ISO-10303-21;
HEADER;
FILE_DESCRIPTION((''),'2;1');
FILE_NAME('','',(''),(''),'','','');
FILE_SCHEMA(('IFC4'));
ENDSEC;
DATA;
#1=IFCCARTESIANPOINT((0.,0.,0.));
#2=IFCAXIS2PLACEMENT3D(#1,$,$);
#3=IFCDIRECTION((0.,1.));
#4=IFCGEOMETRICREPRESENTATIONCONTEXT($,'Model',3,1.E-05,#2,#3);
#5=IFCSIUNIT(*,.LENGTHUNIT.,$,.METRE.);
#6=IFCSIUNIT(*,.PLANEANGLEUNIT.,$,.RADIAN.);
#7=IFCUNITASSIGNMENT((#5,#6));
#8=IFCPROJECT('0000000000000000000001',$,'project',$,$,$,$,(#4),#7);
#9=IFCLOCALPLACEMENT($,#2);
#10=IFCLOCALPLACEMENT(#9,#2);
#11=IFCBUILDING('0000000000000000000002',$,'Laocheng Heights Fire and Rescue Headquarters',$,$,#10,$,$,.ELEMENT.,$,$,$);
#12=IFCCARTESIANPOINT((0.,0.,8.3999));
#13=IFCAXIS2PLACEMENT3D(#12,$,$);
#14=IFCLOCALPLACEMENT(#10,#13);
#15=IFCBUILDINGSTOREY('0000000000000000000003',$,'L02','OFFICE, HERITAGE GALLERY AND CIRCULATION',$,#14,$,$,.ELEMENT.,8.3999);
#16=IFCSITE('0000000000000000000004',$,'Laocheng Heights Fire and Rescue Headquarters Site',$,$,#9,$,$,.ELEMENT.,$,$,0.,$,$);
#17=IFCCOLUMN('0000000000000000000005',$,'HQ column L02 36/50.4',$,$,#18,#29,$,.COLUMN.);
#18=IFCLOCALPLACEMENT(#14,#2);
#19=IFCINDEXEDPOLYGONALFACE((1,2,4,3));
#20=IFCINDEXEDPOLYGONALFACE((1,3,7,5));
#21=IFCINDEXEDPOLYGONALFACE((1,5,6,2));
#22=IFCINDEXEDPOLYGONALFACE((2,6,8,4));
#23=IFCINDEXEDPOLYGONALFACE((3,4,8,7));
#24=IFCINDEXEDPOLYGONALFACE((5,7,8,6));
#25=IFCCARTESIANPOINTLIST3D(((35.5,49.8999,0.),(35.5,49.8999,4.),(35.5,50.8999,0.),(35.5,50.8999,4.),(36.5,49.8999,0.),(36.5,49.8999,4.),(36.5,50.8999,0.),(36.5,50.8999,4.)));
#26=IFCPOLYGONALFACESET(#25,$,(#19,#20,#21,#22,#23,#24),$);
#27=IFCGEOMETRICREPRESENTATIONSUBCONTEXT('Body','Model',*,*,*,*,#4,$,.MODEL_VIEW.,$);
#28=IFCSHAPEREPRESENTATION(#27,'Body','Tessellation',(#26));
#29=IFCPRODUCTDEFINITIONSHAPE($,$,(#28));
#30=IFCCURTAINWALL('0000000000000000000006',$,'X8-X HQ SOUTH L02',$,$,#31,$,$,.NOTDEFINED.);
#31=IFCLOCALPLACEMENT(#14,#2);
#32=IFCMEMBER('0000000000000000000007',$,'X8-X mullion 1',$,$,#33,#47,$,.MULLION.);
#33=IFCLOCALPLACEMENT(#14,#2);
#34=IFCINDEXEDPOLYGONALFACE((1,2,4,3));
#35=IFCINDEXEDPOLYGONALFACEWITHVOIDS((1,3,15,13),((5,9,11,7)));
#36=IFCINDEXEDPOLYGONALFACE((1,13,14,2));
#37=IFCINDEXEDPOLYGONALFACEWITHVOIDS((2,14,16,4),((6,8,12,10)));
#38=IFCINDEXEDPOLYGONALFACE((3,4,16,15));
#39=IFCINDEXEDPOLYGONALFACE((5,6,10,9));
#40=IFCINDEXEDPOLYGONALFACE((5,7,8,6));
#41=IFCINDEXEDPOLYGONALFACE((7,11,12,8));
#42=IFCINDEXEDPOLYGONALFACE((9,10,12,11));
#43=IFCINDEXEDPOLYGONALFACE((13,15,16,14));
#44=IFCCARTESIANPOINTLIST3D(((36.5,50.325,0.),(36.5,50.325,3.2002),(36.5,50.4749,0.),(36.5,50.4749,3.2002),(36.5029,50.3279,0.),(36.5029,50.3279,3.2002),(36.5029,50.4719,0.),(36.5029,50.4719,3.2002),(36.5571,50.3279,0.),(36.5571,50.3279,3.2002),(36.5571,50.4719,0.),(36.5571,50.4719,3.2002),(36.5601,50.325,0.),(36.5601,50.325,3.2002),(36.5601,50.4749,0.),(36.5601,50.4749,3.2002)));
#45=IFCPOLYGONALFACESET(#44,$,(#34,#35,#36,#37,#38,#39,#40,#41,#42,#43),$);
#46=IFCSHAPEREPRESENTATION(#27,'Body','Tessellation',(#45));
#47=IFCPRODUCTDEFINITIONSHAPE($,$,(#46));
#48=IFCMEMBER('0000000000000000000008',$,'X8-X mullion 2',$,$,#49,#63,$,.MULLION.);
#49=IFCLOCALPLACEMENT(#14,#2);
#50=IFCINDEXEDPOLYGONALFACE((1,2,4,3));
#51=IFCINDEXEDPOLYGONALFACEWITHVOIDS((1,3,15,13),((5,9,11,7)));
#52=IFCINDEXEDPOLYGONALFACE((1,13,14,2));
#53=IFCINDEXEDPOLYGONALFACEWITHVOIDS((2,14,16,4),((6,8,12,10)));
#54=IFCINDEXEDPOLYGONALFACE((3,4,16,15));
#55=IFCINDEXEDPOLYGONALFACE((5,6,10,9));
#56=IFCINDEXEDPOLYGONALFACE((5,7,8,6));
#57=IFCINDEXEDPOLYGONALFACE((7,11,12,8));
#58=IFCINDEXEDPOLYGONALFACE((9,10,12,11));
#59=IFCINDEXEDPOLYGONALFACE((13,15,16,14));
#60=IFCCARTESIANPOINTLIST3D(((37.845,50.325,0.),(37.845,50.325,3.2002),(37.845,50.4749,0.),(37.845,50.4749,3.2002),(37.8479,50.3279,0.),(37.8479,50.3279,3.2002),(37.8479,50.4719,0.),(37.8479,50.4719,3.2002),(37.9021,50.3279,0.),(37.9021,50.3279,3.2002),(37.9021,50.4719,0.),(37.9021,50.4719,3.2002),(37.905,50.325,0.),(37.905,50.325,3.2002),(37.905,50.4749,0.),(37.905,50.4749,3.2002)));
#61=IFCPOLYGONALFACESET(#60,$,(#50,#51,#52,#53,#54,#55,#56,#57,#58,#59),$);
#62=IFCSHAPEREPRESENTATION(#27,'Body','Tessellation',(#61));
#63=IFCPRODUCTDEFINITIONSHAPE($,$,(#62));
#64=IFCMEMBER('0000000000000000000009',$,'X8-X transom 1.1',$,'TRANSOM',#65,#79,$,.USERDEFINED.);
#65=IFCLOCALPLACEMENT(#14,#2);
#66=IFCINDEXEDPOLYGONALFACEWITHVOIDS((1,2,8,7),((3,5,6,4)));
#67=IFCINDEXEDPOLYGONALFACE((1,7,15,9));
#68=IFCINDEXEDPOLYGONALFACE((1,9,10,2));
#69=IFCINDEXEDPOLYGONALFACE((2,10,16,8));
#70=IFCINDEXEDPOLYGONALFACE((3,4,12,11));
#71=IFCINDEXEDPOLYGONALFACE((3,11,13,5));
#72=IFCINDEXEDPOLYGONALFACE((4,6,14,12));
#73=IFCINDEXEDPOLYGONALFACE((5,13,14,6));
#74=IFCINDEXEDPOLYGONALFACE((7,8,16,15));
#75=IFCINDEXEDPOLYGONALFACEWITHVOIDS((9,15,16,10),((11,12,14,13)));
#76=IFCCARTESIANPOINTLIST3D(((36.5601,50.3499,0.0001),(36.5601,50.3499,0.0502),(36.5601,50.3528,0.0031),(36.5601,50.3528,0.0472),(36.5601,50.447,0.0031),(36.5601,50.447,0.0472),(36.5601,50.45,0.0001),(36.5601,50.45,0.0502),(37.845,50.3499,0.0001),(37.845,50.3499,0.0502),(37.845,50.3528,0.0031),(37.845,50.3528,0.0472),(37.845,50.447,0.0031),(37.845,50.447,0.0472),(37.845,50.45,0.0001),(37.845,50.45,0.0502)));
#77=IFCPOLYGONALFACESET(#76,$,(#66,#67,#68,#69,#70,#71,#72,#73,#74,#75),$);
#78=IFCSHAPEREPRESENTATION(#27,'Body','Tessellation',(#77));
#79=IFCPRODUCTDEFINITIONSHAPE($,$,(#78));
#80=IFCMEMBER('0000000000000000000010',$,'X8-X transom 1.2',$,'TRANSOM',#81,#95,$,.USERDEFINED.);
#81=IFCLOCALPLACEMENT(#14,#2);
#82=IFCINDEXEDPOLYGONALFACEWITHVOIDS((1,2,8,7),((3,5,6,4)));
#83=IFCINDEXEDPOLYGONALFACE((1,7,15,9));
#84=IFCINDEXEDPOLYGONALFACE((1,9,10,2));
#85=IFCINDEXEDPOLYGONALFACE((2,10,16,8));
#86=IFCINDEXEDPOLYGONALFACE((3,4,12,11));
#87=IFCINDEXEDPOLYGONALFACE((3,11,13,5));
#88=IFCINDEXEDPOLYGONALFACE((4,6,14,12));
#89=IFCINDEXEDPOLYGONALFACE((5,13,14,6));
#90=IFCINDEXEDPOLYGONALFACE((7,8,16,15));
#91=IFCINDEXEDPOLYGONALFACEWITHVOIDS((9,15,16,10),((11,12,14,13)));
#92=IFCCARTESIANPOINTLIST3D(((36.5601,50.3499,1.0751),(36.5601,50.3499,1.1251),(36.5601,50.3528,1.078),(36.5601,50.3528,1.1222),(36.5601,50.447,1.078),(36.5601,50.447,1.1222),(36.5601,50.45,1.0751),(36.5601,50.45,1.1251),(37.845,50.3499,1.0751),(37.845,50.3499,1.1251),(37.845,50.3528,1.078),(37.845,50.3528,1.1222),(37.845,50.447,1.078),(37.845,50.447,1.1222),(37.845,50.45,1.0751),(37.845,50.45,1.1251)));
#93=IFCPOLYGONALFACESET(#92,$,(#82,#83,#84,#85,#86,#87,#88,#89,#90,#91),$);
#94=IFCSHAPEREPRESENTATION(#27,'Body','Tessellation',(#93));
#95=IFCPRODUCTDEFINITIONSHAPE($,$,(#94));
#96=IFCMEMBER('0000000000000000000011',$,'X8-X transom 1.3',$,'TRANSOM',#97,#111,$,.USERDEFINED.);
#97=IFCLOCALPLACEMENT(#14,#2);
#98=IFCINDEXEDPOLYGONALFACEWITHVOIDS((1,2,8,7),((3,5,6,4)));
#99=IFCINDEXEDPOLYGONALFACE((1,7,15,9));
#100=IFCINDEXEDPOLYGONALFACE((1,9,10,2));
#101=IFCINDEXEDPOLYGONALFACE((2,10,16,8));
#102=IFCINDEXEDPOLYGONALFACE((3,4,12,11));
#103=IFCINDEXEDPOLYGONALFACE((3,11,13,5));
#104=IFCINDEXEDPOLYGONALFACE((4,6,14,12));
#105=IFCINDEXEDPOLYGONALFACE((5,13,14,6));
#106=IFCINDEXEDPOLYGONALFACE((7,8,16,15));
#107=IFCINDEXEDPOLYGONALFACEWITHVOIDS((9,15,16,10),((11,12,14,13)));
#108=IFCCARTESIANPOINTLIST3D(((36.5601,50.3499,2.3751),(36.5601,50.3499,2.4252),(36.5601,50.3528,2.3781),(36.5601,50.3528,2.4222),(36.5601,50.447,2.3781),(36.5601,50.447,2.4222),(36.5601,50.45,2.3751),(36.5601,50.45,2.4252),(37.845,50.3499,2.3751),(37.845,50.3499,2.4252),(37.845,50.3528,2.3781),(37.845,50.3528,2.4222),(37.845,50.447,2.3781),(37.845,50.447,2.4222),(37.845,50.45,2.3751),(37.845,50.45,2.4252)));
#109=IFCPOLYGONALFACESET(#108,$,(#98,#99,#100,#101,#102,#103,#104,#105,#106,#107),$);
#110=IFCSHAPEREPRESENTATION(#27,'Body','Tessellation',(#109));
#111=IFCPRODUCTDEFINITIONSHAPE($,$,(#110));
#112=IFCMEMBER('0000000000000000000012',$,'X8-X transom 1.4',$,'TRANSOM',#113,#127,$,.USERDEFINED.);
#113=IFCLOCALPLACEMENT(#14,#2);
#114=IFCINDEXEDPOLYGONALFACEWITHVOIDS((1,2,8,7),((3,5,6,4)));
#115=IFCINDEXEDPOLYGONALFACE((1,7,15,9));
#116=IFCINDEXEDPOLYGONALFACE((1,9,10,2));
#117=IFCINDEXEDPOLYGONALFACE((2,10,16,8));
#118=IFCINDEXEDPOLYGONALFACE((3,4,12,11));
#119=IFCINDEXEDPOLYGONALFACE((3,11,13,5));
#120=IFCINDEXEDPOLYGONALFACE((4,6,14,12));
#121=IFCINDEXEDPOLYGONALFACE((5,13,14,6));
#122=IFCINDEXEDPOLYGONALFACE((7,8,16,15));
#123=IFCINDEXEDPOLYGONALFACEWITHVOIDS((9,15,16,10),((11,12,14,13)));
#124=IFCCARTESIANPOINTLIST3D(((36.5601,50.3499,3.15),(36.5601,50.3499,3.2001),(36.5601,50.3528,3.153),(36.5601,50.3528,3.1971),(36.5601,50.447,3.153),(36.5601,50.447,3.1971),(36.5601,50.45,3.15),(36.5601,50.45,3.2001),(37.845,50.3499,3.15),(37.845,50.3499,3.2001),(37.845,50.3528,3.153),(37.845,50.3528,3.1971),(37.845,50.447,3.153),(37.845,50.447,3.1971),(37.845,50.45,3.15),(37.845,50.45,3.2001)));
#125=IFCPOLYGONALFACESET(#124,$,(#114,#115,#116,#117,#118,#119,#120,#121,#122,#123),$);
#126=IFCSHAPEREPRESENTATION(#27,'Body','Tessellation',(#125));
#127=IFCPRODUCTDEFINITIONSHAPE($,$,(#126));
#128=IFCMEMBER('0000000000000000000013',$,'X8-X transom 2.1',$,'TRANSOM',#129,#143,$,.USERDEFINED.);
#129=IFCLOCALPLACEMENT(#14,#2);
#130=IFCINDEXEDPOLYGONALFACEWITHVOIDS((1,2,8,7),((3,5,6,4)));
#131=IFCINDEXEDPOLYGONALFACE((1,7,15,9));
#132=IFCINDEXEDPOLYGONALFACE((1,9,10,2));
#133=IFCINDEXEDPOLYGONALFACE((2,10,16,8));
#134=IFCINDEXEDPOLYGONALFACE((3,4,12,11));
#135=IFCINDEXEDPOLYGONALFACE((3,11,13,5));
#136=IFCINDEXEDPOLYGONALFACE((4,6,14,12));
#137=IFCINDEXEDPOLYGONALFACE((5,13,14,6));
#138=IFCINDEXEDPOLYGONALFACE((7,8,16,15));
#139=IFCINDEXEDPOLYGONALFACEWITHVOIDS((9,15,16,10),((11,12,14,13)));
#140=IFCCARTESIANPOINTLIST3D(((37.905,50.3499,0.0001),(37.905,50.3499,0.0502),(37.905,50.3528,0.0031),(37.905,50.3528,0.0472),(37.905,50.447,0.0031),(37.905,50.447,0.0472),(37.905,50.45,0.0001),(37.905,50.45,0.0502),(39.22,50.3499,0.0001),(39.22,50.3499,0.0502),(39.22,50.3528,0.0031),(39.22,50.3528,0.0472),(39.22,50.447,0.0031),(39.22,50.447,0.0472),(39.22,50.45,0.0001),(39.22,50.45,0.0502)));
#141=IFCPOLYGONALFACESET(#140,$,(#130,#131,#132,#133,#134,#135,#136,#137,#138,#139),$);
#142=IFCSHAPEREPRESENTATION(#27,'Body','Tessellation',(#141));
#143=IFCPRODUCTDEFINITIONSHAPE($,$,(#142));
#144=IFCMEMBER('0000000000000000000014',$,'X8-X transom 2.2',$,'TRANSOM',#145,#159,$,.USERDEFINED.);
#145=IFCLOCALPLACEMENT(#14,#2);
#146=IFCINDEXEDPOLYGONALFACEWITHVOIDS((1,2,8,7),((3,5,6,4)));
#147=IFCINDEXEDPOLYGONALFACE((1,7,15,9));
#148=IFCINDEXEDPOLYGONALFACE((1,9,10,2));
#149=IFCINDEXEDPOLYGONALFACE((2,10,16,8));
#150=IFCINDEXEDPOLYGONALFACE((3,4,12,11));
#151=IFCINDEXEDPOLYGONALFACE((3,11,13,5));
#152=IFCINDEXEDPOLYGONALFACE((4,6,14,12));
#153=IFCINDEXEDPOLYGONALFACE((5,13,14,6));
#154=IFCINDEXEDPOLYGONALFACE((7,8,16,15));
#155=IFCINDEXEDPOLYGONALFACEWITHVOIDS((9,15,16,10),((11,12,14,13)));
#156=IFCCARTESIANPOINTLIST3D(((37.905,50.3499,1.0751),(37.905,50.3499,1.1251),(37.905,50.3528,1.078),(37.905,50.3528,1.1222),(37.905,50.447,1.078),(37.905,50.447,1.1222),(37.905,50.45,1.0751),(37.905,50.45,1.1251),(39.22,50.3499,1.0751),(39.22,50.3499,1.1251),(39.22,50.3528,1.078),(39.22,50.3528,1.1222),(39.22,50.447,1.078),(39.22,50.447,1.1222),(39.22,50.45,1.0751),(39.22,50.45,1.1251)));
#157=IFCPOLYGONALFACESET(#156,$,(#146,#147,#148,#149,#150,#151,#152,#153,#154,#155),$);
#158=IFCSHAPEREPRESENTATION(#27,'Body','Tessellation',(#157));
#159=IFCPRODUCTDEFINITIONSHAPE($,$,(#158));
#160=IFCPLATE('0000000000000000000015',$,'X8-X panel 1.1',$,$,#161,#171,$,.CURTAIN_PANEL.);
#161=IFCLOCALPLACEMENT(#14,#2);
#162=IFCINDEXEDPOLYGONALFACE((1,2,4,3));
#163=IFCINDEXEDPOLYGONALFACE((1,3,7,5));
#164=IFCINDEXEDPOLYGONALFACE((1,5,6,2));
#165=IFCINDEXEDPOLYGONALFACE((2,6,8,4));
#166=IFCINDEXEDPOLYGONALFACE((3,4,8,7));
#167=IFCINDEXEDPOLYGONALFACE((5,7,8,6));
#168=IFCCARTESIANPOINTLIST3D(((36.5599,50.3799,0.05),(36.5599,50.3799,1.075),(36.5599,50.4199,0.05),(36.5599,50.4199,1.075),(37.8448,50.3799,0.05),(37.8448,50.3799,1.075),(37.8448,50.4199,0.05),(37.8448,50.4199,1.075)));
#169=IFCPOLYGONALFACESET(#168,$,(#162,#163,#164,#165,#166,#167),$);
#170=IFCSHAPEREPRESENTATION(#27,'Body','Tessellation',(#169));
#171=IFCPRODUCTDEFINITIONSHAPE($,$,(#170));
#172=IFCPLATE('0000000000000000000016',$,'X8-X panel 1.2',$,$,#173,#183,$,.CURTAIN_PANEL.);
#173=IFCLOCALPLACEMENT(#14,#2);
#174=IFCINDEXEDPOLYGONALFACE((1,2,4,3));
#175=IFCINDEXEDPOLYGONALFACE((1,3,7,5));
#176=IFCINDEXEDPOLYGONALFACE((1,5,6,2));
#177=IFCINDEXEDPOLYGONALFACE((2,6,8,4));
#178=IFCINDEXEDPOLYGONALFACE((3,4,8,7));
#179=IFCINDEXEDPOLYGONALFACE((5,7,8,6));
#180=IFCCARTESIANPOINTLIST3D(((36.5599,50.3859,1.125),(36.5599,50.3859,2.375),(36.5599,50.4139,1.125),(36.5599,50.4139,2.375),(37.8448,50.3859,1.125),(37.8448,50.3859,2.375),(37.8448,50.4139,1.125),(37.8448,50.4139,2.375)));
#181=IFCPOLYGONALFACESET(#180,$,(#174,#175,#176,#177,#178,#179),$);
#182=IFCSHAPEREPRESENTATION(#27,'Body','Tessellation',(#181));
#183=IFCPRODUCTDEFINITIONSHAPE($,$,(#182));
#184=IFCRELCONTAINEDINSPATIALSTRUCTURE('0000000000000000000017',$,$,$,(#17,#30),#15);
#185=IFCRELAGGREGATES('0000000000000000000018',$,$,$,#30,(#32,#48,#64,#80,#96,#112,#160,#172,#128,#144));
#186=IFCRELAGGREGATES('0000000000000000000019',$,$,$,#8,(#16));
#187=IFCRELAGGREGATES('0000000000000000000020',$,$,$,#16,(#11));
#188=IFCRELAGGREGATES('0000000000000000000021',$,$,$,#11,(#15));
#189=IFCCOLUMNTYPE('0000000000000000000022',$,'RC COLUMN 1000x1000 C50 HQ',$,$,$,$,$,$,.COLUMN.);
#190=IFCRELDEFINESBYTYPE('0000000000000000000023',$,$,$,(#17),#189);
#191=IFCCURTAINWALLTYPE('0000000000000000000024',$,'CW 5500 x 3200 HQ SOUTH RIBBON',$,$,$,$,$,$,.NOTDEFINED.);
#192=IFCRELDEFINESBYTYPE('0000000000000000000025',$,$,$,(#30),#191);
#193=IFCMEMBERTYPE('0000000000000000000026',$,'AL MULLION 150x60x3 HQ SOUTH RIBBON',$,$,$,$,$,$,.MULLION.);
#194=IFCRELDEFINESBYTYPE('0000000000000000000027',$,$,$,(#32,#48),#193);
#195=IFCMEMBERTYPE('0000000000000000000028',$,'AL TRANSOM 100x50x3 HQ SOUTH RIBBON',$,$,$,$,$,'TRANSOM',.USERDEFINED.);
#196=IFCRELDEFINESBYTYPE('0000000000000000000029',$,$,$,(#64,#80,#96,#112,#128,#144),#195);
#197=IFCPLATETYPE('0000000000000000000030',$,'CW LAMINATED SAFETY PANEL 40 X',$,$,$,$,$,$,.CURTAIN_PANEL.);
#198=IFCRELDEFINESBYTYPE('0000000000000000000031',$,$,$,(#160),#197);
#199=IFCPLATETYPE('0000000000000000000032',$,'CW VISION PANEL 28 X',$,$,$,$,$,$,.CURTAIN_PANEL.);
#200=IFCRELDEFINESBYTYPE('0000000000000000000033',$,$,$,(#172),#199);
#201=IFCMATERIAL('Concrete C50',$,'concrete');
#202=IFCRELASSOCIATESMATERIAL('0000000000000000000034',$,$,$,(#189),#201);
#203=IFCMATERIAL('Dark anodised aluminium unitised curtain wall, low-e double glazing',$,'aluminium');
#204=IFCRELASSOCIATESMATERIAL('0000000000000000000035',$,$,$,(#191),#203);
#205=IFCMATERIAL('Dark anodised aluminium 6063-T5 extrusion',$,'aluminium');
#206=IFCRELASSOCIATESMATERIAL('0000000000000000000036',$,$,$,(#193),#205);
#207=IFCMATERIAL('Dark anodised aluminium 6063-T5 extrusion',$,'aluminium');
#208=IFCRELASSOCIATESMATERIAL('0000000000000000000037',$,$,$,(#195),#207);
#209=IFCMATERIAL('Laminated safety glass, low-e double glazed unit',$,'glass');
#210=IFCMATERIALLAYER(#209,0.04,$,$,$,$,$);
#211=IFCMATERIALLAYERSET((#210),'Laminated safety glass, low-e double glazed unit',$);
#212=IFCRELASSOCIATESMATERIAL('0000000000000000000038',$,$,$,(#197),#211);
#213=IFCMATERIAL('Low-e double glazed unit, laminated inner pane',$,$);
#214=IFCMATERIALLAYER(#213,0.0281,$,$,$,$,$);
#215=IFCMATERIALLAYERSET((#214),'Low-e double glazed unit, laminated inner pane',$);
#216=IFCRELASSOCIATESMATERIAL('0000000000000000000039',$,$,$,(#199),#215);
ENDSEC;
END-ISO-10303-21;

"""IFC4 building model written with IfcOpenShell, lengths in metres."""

from ifc_helpers import new_model, si_unit, direction, frame, origin, origin_2d, place, context, subcontext, project, spatial, rectangle, hollow_rectangle, extrude, material, layer, layer_set, material_profile, profile_set, type_object, element, aggregate, save


model = new_model("IFC4")

# Units and contexts
model_context = context("Model", 3, precision=1e-05, world=origin(), true_north=direction((0.0, 1.0)))
body_context = subcontext(model_context, "Body", "Model", "MODEL_VIEW")
ifc_project = project(units=[si_unit("LENGTHUNIT", "METRE"), si_unit("PLANEANGLEUNIT", "RADIAN")], contexts=[model_context])

# Site, building, storey
site_placement = place(None, origin())
site = spatial("IfcSite", under=ifc_project, at=site_placement, Name="Laocheng Heights Fire and Rescue Headquarters Site", CompositionType="ELEMENT", RefElevation=0.0)
building_placement = place(site_placement, origin())
building = spatial("IfcBuilding", under=site, at=building_placement, Name="Laocheng Heights Fire and Rescue Headquarters", CompositionType="ELEMENT")
storey_placement = place(building_placement, frame((0.0, 0.0, 8.3999)))
storey = spatial("IfcBuildingStorey", under=building, at=storey_placement, Name="L02", Description="OFFICE, HERITAGE GALLERY AND CIRCULATION", CompositionType="ELEMENT", Elevation=8.3999)

# Column
ifc_material_1 = material(Name="Concrete C50", Category="concrete")
ifc_material_profile_1 = material_profile(ifc_material_1, rectangle(XDim=1.0, YDim=1.0, at=origin_2d()), Name="RC COLUMN 1000x1000 C50 HQ")
ifc_profile_set_1 = profile_set([ifc_material_profile_1], Name="Concrete C50")
column_type = type_object("IfcColumnType", Name="RC COLUMN 1000x1000 C50 HQ", PredefinedType="COLUMN", material=ifc_profile_set_1)
column_placement = place(storey_placement, frame((36.0, 50.3999, 0.0), z_axis=(0.0, 0.0, 1.0), x_axis=(1.0, 0.0, 0.0)))
element("IfcColumn", 1, at=column_placement, inside=storey, type_object=column_type, Name="HQ column L02 36/50.4", PredefinedType="COLUMN", context=body_context, shape_type="SweptSolid", body=[
    extrude(rectangle(XDim=1.0, YDim=1.0, at=origin_2d()), origin(), (0.0, 0.0, 1.0), 4.0),
])

# Curtain wall, members, plates
ifc_material_2 = material(Name="Dark anodised aluminium unitised curtain wall, low-e double glazing", Category="aluminium")
curtain_wall_type = type_object("IfcCurtainWallType", Name="CW 5500 x 3200 HQ SOUTH RIBBON", PredefinedType="NOTDEFINED", material=ifc_material_2)
curtain_wall_placement = place(storey_placement, origin())
curtain_wall = element("IfcCurtainWall", 2, at=curtain_wall_placement, inside=storey, type_object=curtain_wall_type, Name="X8-X HQ SOUTH L02", PredefinedType="NOTDEFINED")
ifc_material_3 = material(Name="Dark anodised aluminium 6063-T5 extrusion", Category="aluminium")
ifc_material_profile_2 = material_profile(ifc_material_3, hollow_rectangle(XDim=0.1499, YDim=0.0601, WallThickness=0.0029, at=origin_2d()), Name="AL MULLION 150x60x3 HQ SOUTH RIBBON")
ifc_profile_set_2 = profile_set([ifc_material_profile_2], Name="Dark anodised aluminium 6063-T5 extrusion")
member_type_1 = type_object("IfcMemberType", Name="AL MULLION 150x60x3 HQ SOUTH RIBBON", PredefinedType="MULLION", material=ifc_profile_set_2)
member_1_placement = place(storey_placement, frame((36.53, 50.3999, 0.0), z_axis=(0.0, 0.0, 1.0), x_axis=(0.0, 1.0, 0.0)))
member_1 = element("IfcMember", 3, at=member_1_placement, type_object=member_type_1, Name="X8-X mullion 1", PredefinedType="MULLION", context=body_context, shape_type="SweptSolid", body=[
    extrude(hollow_rectangle(XDim=0.1499, YDim=0.0601, WallThickness=0.0029, at=origin_2d()), origin(), (0.0, 0.0, 1.0), 3.2002),
])
member_2_placement = place(storey_placement, frame((37.875, 50.3999, 0.0), z_axis=(0.0, 0.0, 1.0), x_axis=(0.0, 1.0, 0.0)))
member_2 = element("IfcMember", 4, at=member_2_placement, type_object=member_type_1, Name="X8-X mullion 2", PredefinedType="MULLION", context=body_context, shape_type="SweptSolid", body=[
    extrude(hollow_rectangle(XDim=0.1499, YDim=0.0601, WallThickness=0.0029, at=origin_2d()), origin(), (0.0, 0.0, 1.0), 3.2002),
])
ifc_material_4 = material(Name="Dark anodised aluminium 6063-T5 extrusion", Category="aluminium")
ifc_material_profile_3 = material_profile(ifc_material_4, hollow_rectangle(XDim=0.1001, YDim=0.05, WallThickness=0.0029, at=origin_2d()), Name="AL TRANSOM 100x50x3 HQ SOUTH RIBBON")
ifc_profile_set_3 = profile_set([ifc_material_profile_3], Name="Dark anodised aluminium 6063-T5 extrusion")
member_type_2 = type_object("IfcMemberType", Name="AL TRANSOM 100x50x3 HQ SOUTH RIBBON", ElementType="TRANSOM", PredefinedType="USERDEFINED", material=ifc_profile_set_3)
member_3_placement = place(storey_placement, frame((36.5601, 50.3999, 0.0251), z_axis=(1.0, 0.0, 0.0), x_axis=(0.0, 1.0, 0.0)))
member_3 = element("IfcMember", 5, at=member_3_placement, type_object=member_type_2, Name="X8-X transom 1.1", ObjectType="TRANSOM", PredefinedType="USERDEFINED", context=body_context, shape_type="SweptSolid", body=[
    extrude(hollow_rectangle(XDim=0.1001, YDim=0.05, WallThickness=0.0029, at=origin_2d()), origin(), (0.0, 0.0, 1.0), 1.2849),
])
member_4_placement = place(storey_placement, frame((36.5601, 50.3999, 1.1001), z_axis=(1.0, 0.0, 0.0), x_axis=(0.0, 1.0, 0.0)))
member_4 = element("IfcMember", 6, at=member_4_placement, type_object=member_type_2, Name="X8-X transom 1.2", ObjectType="TRANSOM", PredefinedType="USERDEFINED", context=body_context, shape_type="SweptSolid", body=[
    extrude(hollow_rectangle(XDim=0.1001, YDim=0.05, WallThickness=0.0029, at=origin_2d()), origin(), (0.0, 0.0, 1.0), 1.2849),
])
member_5_placement = place(storey_placement, frame((36.5601, 50.3999, 2.4001), z_axis=(1.0, 0.0, 0.0), x_axis=(0.0, 1.0, 0.0)))
member_5 = element("IfcMember", 7, at=member_5_placement, type_object=member_type_2, Name="X8-X transom 1.3", ObjectType="TRANSOM", PredefinedType="USERDEFINED", context=body_context, shape_type="SweptSolid", body=[
    extrude(hollow_rectangle(XDim=0.1001, YDim=0.05, WallThickness=0.0029, at=origin_2d()), origin(), (0.0, 0.0, 1.0), 1.2849),
])
member_6_placement = place(storey_placement, frame((36.5601, 50.3999, 3.175), z_axis=(1.0, 0.0, 0.0), x_axis=(0.0, 1.0, 0.0)))
member_6 = element("IfcMember", 8, at=member_6_placement, type_object=member_type_2, Name="X8-X transom 1.4", ObjectType="TRANSOM", PredefinedType="USERDEFINED", context=body_context, shape_type="SweptSolid", body=[
    extrude(hollow_rectangle(XDim=0.1001, YDim=0.05, WallThickness=0.0029, at=origin_2d()), origin(), (0.0, 0.0, 1.0), 1.2849),
])
member_7_placement = place(storey_placement, frame((37.905, 50.3999, 0.0251), z_axis=(1.0, 0.0, 0.0), x_axis=(0.0, 1.0, 0.0)))
member_7 = element("IfcMember", 9, at=member_7_placement, type_object=member_type_2, Name="X8-X transom 2.1", ObjectType="TRANSOM", PredefinedType="USERDEFINED", context=body_context, shape_type="SweptSolid", body=[
    extrude(hollow_rectangle(XDim=0.1001, YDim=0.05, WallThickness=0.0029, at=origin_2d()), origin(), (0.0, 0.0, 1.0), 1.3149),
])
member_8_placement = place(storey_placement, frame((37.905, 50.3999, 1.1001), z_axis=(1.0, 0.0, 0.0), x_axis=(0.0, 1.0, 0.0)))
member_8 = element("IfcMember", 10, at=member_8_placement, type_object=member_type_2, Name="X8-X transom 2.2", ObjectType="TRANSOM", PredefinedType="USERDEFINED", context=body_context, shape_type="SweptSolid", body=[
    extrude(hollow_rectangle(XDim=0.1001, YDim=0.05, WallThickness=0.0029, at=origin_2d()), origin(), (0.0, 0.0, 1.0), 1.3149),
])
ifc_material_5 = material(Name="Laminated safety glass, low-e double glazed unit", Category="glass")
ifc_layer_1 = layer(ifc_material_5, 0.04)
ifc_layer_set_1 = layer_set([ifc_layer_1], Name="Laminated safety glass, low-e double glazed unit")
plate_type_1 = type_object("IfcPlateType", Name="CW LAMINATED SAFETY PANEL 40 X", PredefinedType="CURTAIN_PANEL", material=ifc_layer_set_1)
plate_1_placement = place(storey_placement, frame((37.2024, 50.3999, 0.05), z_axis=(0.0, 0.0, 1.0), x_axis=(1.0, 0.0, 0.0)))
plate_1 = element("IfcPlate", 11, at=plate_1_placement, type_object=plate_type_1, Name="X8-X panel 1.1", PredefinedType="CURTAIN_PANEL", context=body_context, shape_type="SweptSolid", body=[
    extrude(rectangle(XDim=1.2849, YDim=0.04, at=origin_2d()), origin(), (0.0, 0.0, 1.0), 1.0249),
])
ifc_material_6 = material(Name="Low-e double glazed unit, laminated inner pane")
ifc_layer_2 = layer(ifc_material_6, 0.0281)
ifc_layer_set_2 = layer_set([ifc_layer_2], Name="Low-e double glazed unit, laminated inner pane")
plate_type_2 = type_object("IfcPlateType", Name="CW VISION PANEL 28 X", PredefinedType="CURTAIN_PANEL", material=ifc_layer_set_2)
plate_2_placement = place(storey_placement, frame((37.2024, 50.3999, 1.125), z_axis=(0.0, 0.0, 1.0), x_axis=(1.0, 0.0, 0.0)))
plate_2 = element("IfcPlate", 12, at=plate_2_placement, type_object=plate_type_2, Name="X8-X panel 1.2", PredefinedType="CURTAIN_PANEL", context=body_context, shape_type="SweptSolid", body=[
    extrude(rectangle(XDim=1.2849, YDim=0.0281, at=origin_2d()), origin(), (0.0, 0.0, 1.0), 1.25),
])
aggregate(curtain_wall, [member_1, member_2, member_3, member_4, member_5, member_6, plate_1, plate_2, member_7, member_8])

save(model, "model.ifc")
